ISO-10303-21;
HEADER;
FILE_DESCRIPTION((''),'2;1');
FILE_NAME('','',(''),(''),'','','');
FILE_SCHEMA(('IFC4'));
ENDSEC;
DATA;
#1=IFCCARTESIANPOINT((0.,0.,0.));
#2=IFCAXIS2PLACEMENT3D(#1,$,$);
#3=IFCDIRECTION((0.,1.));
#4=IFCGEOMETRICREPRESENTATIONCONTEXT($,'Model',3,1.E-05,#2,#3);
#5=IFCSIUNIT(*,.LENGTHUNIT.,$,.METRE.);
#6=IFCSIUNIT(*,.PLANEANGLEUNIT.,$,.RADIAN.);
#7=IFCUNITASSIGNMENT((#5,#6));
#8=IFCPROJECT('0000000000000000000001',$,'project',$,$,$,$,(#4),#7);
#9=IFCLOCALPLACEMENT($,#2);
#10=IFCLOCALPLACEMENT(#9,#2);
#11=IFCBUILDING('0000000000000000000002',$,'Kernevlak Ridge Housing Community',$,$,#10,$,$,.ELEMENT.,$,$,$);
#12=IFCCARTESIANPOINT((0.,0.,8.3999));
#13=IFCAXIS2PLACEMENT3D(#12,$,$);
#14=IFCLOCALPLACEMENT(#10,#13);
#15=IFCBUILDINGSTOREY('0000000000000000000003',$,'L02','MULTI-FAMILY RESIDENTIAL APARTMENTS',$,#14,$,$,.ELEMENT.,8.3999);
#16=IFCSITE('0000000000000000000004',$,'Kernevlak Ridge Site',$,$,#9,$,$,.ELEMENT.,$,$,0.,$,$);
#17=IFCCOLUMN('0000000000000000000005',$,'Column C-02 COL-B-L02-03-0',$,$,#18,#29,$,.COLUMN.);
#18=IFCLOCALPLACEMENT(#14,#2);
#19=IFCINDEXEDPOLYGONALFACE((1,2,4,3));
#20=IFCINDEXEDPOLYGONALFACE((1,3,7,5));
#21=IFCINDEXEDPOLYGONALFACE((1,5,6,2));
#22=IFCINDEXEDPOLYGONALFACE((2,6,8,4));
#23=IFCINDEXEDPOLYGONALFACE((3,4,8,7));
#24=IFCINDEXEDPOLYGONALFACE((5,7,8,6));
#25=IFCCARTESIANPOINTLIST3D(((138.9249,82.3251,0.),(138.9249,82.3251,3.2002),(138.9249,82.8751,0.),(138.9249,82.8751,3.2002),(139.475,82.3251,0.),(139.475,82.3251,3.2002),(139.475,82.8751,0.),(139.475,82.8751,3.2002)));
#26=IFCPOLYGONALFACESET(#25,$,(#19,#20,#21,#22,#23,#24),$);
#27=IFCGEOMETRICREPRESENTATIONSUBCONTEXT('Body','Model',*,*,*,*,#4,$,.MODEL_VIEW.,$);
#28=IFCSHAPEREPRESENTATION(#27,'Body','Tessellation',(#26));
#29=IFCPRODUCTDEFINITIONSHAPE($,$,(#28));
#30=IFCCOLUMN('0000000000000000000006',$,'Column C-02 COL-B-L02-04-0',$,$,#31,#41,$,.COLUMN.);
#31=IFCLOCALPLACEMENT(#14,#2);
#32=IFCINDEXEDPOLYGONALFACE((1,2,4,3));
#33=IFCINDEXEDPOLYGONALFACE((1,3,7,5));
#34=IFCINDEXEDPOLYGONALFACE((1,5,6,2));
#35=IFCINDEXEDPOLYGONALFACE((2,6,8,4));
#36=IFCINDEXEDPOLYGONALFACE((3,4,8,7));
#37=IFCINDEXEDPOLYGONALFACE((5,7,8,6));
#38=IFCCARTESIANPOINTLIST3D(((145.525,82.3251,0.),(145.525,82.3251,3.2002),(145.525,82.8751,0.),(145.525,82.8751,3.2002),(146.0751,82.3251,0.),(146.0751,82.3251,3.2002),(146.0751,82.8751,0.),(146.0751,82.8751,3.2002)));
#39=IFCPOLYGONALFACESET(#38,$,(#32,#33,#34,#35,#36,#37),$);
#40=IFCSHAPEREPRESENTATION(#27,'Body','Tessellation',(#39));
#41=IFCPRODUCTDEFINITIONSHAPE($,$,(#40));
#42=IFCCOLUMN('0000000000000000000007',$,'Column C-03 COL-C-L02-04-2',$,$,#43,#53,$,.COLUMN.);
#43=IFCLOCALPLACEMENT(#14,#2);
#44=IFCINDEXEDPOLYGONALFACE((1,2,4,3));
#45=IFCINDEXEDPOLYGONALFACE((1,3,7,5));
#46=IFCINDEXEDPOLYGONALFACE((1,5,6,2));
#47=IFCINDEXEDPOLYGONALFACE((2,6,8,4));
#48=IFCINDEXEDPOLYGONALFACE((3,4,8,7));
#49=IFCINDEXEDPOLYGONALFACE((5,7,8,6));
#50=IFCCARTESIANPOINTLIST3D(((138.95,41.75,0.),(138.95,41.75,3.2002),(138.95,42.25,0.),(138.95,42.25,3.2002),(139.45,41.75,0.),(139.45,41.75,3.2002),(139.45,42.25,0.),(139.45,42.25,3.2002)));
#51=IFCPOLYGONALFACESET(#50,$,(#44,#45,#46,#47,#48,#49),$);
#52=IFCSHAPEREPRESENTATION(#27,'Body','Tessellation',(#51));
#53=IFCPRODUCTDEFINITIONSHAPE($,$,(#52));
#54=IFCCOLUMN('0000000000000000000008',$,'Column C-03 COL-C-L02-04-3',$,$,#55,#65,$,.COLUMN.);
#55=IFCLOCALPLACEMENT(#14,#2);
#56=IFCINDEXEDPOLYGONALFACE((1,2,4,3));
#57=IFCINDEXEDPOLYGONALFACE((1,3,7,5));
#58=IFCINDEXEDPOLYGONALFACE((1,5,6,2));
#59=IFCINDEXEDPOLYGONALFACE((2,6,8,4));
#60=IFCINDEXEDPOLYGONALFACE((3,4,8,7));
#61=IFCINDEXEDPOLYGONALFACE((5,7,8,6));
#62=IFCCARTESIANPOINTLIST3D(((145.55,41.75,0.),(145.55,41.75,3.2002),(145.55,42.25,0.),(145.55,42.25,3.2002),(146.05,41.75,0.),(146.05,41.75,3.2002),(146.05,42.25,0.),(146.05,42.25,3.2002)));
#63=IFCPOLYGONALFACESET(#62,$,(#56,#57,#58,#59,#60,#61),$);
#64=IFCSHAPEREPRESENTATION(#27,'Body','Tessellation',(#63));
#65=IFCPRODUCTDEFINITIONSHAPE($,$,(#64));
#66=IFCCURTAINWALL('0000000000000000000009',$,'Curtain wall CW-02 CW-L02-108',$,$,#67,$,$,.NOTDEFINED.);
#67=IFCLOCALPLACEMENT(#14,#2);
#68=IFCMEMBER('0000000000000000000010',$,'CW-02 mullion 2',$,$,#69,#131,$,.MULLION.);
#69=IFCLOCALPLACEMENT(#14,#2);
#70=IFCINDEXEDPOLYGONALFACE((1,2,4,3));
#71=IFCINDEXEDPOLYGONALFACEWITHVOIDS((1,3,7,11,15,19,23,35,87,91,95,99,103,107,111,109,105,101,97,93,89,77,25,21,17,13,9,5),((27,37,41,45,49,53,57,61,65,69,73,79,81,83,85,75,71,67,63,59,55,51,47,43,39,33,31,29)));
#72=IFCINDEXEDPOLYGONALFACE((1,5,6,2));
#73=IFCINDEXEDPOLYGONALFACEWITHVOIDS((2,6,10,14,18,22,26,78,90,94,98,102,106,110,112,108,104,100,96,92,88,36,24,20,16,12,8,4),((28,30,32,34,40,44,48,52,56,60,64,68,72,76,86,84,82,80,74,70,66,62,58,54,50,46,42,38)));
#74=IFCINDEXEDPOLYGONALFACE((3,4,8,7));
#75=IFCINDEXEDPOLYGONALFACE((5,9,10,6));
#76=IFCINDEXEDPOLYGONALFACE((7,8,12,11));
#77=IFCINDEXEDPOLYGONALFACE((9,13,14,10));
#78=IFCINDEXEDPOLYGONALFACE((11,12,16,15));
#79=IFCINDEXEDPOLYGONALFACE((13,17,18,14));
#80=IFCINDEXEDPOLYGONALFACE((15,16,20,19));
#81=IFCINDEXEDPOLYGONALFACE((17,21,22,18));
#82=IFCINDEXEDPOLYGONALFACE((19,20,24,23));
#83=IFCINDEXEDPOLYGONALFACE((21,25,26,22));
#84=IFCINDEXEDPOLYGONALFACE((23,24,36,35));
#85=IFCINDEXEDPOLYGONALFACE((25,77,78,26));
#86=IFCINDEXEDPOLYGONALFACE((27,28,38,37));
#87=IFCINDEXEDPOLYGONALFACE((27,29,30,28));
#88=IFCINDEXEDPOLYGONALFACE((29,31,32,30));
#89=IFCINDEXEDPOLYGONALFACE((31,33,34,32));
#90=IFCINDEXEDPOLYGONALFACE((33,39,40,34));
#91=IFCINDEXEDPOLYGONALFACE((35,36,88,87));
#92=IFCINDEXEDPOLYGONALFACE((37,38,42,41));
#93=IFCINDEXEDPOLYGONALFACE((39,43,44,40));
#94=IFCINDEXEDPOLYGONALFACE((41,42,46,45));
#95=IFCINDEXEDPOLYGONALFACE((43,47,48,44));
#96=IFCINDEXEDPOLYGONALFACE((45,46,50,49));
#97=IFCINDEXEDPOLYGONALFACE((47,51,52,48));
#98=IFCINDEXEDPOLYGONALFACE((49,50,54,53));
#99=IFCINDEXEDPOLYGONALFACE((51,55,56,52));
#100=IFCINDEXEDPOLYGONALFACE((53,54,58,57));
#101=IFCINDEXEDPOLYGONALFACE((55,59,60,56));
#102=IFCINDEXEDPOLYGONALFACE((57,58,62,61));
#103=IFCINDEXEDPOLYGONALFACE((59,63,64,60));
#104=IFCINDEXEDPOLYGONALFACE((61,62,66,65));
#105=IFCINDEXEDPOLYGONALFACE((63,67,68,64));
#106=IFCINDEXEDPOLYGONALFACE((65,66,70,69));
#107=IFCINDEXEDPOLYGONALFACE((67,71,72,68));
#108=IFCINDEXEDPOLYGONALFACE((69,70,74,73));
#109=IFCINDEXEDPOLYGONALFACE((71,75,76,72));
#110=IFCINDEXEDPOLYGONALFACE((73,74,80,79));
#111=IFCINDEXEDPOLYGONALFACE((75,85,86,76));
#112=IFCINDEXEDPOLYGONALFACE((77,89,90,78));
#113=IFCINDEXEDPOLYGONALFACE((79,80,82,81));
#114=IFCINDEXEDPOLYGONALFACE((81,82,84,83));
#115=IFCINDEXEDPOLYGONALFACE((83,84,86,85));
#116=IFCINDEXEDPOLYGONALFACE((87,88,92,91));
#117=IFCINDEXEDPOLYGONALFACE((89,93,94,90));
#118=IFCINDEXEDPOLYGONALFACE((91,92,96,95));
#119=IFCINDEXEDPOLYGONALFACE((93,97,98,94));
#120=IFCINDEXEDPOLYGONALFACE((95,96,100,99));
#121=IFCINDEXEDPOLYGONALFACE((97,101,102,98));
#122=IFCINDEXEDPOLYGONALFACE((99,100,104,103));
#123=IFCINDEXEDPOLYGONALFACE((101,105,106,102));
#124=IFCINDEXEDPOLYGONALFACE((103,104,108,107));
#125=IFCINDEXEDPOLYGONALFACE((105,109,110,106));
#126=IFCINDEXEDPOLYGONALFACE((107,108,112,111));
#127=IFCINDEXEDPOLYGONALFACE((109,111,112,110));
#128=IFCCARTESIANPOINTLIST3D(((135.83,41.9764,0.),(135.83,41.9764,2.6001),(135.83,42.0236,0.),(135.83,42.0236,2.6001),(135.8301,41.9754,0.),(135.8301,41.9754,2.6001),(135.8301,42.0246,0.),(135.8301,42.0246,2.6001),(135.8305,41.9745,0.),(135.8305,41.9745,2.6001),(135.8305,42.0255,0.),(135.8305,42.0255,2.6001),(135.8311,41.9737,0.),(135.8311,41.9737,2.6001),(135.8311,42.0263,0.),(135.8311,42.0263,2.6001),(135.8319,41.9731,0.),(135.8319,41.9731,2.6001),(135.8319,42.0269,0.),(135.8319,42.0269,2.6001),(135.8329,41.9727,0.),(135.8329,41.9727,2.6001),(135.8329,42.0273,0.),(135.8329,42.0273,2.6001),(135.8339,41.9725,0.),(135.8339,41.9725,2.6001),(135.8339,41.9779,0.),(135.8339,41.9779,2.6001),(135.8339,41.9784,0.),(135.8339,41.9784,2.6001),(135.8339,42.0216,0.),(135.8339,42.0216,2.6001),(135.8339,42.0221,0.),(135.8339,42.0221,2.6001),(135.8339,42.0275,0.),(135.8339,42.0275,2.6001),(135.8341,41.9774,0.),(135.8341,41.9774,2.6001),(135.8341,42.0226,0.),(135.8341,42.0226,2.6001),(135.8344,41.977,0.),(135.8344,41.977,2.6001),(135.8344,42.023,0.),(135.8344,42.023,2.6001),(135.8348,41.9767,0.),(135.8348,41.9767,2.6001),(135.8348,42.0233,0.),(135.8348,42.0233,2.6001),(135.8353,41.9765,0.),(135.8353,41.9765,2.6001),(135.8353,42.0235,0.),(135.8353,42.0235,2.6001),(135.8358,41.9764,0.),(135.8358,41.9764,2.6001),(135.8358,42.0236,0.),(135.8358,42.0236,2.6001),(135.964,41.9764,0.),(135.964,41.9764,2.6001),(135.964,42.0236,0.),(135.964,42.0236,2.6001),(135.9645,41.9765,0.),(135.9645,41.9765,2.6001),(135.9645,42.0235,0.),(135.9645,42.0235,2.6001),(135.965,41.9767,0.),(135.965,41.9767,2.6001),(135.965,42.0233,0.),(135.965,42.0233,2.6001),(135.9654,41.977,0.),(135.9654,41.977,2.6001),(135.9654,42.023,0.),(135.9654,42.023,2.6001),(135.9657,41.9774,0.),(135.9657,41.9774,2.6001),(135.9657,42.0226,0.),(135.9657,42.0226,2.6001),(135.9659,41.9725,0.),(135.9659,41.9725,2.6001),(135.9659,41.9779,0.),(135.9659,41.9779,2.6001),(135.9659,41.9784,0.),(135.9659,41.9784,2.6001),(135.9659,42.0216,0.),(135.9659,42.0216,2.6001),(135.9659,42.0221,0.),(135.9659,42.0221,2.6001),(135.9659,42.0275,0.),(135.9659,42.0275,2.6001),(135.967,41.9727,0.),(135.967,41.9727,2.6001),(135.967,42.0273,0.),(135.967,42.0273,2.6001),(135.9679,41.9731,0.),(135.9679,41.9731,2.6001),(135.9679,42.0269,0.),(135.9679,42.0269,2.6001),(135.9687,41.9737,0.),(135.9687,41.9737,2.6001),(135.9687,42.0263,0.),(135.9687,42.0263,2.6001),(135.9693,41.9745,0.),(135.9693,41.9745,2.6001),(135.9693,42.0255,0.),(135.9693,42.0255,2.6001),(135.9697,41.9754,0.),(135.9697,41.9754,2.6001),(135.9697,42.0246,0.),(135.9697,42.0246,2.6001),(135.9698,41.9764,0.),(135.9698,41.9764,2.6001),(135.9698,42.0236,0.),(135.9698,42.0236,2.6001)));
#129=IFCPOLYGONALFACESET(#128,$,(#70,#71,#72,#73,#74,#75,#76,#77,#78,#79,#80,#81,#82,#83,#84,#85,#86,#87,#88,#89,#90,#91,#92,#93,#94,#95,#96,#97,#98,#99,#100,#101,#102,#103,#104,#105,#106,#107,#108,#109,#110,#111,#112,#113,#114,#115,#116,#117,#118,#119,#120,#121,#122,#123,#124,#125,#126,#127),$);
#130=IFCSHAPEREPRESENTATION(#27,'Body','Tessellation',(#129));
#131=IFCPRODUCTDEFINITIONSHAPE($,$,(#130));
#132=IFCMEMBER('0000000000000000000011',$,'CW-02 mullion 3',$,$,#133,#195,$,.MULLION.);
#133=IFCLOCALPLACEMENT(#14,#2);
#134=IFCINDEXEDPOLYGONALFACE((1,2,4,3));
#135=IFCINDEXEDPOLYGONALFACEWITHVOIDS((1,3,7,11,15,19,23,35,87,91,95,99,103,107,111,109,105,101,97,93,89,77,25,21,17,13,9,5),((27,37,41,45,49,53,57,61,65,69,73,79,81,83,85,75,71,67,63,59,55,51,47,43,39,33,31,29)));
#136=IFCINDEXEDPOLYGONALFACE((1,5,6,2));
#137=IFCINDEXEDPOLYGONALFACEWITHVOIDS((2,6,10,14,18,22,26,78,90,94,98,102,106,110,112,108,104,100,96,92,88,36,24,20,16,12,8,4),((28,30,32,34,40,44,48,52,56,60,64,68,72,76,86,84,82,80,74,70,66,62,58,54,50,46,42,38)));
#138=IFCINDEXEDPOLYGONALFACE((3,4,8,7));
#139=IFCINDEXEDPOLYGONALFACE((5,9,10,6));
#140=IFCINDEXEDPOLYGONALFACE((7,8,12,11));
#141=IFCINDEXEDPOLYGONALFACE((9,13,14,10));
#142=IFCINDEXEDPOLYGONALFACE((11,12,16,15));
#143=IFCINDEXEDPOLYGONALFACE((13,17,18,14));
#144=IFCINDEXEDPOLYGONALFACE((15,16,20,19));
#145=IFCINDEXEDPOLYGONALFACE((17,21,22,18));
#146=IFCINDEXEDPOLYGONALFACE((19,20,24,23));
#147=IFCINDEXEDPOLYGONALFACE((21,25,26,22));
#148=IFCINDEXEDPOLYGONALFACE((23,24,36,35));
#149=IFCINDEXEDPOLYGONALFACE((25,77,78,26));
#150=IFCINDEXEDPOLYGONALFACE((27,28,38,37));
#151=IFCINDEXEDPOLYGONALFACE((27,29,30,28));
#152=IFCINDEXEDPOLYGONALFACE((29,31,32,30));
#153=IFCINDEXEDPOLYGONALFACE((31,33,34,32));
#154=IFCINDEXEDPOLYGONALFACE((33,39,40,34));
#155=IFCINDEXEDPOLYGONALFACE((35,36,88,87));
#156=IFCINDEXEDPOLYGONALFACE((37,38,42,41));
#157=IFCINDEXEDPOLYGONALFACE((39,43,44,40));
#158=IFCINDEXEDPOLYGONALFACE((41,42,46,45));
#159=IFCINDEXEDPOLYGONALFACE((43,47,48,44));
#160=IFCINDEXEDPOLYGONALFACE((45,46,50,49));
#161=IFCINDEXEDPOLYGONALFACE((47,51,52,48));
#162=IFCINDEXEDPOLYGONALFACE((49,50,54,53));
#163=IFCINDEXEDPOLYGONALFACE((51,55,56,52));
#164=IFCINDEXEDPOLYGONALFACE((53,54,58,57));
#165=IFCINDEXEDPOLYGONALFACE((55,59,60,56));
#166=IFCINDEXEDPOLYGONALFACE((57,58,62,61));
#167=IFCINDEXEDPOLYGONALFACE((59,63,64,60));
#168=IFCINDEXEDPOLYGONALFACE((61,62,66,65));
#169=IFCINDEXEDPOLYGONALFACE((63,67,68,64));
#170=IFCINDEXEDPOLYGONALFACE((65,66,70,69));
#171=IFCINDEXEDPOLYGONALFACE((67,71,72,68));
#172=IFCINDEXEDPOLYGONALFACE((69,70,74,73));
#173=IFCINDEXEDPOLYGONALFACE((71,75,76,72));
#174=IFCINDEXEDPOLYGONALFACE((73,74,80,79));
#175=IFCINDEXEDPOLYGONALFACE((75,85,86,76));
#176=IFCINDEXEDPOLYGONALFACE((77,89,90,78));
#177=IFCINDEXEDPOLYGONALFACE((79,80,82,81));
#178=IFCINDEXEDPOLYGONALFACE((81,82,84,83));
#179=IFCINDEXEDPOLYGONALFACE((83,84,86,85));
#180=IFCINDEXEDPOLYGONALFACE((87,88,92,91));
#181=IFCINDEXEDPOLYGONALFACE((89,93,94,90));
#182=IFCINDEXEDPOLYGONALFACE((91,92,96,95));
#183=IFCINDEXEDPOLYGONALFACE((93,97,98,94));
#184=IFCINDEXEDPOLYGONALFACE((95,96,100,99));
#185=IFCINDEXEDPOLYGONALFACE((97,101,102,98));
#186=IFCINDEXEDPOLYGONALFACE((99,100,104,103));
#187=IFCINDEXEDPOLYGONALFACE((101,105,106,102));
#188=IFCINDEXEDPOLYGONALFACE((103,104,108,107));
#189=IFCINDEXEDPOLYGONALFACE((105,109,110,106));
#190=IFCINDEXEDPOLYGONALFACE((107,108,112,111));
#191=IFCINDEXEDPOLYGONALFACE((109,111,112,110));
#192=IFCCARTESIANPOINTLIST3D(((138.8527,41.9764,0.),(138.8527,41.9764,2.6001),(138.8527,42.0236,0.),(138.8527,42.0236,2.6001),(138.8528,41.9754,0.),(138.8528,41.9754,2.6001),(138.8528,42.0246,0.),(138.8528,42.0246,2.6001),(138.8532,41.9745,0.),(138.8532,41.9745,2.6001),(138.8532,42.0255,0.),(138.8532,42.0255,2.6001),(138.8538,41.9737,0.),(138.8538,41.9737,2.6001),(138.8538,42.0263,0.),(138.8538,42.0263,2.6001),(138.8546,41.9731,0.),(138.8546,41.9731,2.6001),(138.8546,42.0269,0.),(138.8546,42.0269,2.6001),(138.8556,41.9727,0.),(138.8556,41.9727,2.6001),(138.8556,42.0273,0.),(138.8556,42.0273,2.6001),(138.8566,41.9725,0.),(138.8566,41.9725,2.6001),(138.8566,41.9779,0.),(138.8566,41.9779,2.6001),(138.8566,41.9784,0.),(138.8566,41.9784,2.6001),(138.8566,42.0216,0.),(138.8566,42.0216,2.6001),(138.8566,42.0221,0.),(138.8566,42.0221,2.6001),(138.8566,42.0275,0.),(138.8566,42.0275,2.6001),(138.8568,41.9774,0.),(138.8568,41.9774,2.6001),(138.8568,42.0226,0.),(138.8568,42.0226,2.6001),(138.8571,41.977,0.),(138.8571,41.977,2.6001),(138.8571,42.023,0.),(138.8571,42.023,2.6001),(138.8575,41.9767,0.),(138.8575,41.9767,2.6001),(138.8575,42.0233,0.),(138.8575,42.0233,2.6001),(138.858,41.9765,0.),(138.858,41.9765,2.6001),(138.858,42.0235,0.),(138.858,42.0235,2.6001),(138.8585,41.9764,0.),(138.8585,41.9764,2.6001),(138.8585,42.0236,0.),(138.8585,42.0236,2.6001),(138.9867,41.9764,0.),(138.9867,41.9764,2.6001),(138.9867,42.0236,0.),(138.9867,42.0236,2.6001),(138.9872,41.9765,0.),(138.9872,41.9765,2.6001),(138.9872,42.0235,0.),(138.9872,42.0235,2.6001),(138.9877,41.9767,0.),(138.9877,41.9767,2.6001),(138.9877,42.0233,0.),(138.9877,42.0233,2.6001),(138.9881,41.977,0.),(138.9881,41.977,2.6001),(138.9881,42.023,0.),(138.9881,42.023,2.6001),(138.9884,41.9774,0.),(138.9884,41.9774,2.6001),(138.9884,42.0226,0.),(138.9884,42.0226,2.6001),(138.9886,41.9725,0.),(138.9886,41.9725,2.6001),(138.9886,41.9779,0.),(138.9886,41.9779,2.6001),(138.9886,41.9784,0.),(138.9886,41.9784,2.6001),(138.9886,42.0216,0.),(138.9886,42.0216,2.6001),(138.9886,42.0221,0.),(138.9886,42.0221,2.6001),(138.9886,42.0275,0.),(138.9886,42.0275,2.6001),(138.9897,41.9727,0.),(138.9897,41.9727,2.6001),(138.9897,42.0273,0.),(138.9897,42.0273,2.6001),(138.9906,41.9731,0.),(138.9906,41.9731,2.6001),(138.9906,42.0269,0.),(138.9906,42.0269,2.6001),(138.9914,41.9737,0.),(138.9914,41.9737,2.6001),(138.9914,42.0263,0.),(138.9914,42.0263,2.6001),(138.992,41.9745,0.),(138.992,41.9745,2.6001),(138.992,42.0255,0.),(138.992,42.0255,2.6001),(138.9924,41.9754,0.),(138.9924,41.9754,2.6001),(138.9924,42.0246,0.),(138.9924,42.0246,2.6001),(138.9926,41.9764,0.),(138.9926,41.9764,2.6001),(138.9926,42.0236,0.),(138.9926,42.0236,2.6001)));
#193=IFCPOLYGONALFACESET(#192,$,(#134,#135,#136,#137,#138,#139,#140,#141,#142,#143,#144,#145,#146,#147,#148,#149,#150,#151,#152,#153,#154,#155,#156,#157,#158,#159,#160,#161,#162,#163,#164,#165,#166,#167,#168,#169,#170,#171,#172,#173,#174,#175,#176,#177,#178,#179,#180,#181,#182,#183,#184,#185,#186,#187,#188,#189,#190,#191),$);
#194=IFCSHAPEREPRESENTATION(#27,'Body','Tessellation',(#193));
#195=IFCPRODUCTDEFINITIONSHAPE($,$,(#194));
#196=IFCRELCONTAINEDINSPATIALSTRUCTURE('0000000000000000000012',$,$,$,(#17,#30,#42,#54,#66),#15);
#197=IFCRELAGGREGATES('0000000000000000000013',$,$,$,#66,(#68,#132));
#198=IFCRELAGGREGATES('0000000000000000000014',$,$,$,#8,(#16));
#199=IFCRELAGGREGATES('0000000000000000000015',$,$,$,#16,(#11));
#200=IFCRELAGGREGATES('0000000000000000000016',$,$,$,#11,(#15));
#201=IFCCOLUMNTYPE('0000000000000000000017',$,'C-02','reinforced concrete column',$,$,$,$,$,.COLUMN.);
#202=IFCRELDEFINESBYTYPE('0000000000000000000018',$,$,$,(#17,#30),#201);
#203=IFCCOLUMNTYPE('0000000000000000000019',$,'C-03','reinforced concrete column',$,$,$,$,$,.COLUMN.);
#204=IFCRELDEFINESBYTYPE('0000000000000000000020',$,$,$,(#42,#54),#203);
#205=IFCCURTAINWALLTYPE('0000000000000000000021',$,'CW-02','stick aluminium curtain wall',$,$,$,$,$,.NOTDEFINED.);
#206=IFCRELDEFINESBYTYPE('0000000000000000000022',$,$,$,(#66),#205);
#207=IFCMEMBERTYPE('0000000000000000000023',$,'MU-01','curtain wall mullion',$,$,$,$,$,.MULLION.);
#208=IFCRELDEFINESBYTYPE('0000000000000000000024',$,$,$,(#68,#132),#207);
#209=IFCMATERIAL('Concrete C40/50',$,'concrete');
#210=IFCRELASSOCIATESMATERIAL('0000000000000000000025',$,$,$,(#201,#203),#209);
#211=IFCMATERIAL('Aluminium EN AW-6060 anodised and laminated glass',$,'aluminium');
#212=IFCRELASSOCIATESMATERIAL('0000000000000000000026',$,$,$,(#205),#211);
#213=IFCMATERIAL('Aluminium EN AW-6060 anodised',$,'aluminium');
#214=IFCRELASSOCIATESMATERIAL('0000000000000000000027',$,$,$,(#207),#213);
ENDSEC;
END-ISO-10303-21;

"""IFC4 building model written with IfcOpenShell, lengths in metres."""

from ifc_helpers import new_model, si_unit, direction, frame, origin, origin_2d, place, context, subcontext, project, spatial, rectangle, hollow_rectangle, extrude, material, material_profile, profile_set, type_object, element, aggregate, save


model = new_model("IFC4")

# Units and contexts
model_context = context("Model", 3, precision=1e-05, world=origin(), true_north=direction((0.0, 1.0)))
body_context = subcontext(model_context, "Body", "Model", "MODEL_VIEW")
ifc_project = project(units=[si_unit("LENGTHUNIT", "METRE"), si_unit("PLANEANGLEUNIT", "RADIAN")], contexts=[model_context])

# Site, building, storey
site_placement = place(None, origin())
site = spatial("IfcSite", under=ifc_project, at=site_placement, Name="Kernevlak Ridge Site", CompositionType="ELEMENT", RefElevation=0.0)
building_placement = place(site_placement, origin())
building = spatial("IfcBuilding", under=site, at=building_placement, Name="Kernevlak Ridge Housing Community", CompositionType="ELEMENT")
storey_placement = place(building_placement, frame((0.0, 0.0, 8.3999)))
storey = spatial("IfcBuildingStorey", under=building, at=storey_placement, Name="L02", Description="MULTI-FAMILY RESIDENTIAL APARTMENTS", CompositionType="ELEMENT", Elevation=8.3999)

# Columns
ifc_material_1 = material(Name="Concrete C40/50", Category="concrete")
ifc_material_profile_1 = material_profile(ifc_material_1, rectangle(XDim=0.55, YDim=0.55, at=origin_2d()), Name="RC 550x550")
ifc_profile_set_1 = profile_set([ifc_material_profile_1], Name="Concrete C40/50")
column_type_1 = type_object("IfcColumnType", Name="C-02", Description="reinforced concrete column", PredefinedType="COLUMN", material=ifc_profile_set_1)
for number, where, z_axis, x_axis, name in (
    (1, (139.2, 82.6001, 0.0), (0.0, 0.0, 1.0), (1.0, 0.0, 0.0), "Column C-02 COL-B-L02-03-0"),
    (2, (145.8, 82.6001, 0.0), (0.0, 0.0, 1.0), (1.0, 0.0, 0.0), "Column C-02 COL-B-L02-04-0"),
):
    element("IfcColumn", number, at=place(storey_placement, frame(where, z_axis=z_axis, x_axis=x_axis)), inside=storey, type_object=column_type_1, Name=name, PredefinedType="COLUMN", context=body_context, shape_type="SweptSolid", body=[
        extrude(rectangle(XDim=0.55, YDim=0.55, at=origin_2d()), origin(), (0.0, 0.0, 1.0), 3.2002),
    ])
ifc_material_profile_2 = material_profile(ifc_material_1, rectangle(XDim=0.5, YDim=0.5, at=origin_2d()), Name="RC 500x500")
ifc_profile_set_2 = profile_set([ifc_material_profile_2], Name="Concrete C40/50")
column_type_2 = type_object("IfcColumnType", Name="C-03", Description="reinforced concrete column", PredefinedType="COLUMN", material=ifc_profile_set_2)
for number, where, z_axis, x_axis, name in (
    (3, (139.2, 42.0, 0.0), (0.0, 0.0, 1.0), (1.0, 0.0, 0.0), "Column C-03 COL-C-L02-04-2"),
    (4, (145.8, 42.0, 0.0), (0.0, 0.0, 1.0), (1.0, 0.0, 0.0), "Column C-03 COL-C-L02-04-3"),
):
    element("IfcColumn", number, at=place(storey_placement, frame(where, z_axis=z_axis, x_axis=x_axis)), inside=storey, type_object=column_type_2, Name=name, PredefinedType="COLUMN", context=body_context, shape_type="SweptSolid", body=[
        extrude(rectangle(XDim=0.5, YDim=0.5, at=origin_2d()), origin(), (0.0, 0.0, 1.0), 3.2002),
    ])

# Curtain wall, members
ifc_material_2 = material(Name="Aluminium EN AW-6060 anodised and laminated glass", Category="aluminium")
curtain_wall_type = type_object("IfcCurtainWallType", Name="CW-02", Description="stick aluminium curtain wall", PredefinedType="NOTDEFINED", material=ifc_material_2)
curtain_wall_placement = place(storey_placement, origin())
curtain_wall = element("IfcCurtainWall", 5, at=curtain_wall_placement, inside=storey, type_object=curtain_wall_type, Name="Curtain wall CW-02 CW-L02-108", PredefinedType="NOTDEFINED")
ifc_material_3 = material(Name="Aluminium EN AW-6060 anodised", Category="aluminium")
ifc_material_profile_3 = material_profile(ifc_material_3, hollow_rectangle(XDim=0.0549, YDim=0.1399, WallThickness=0.0039, InnerFilletRadius=0.002, OuterFilletRadius=0.0039, at=origin_2d()), Name="ALU 55x140x4")
ifc_profile_set_3 = profile_set([ifc_material_profile_3], Name="Aluminium EN AW-6060 anodised")
member_type_1 = type_object("IfcMemberType", Name="MU-01", Description="curtain wall mullion", PredefinedType="MULLION", material=ifc_profile_set_3)
member_1_placement = place(storey_placement, frame((135.8999, 42.0, 0.0), z_axis=(0.0, 0.0, 1.0), x_axis=(0.0, 1.0, 0.0)))
member_1 = element("IfcMember", 6, at=member_1_placement, type_object=member_type_1, Name="CW-02 mullion 2", PredefinedType="MULLION", context=body_context, shape_type="SweptSolid", body=[
    extrude(hollow_rectangle(XDim=0.0549, YDim=0.1399, WallThickness=0.0039, InnerFilletRadius=0.002, OuterFilletRadius=0.0039, at=origin_2d()), origin(), (0.0, 0.0, 1.0), 2.6001),
])
member_2_placement = place(storey_placement, frame((138.9226, 42.0, 0.0), z_axis=(0.0, 0.0, 1.0), x_axis=(0.0, 1.0, 0.0)))
member_2 = element("IfcMember", 7, at=member_2_placement, type_object=member_type_1, Name="CW-02 mullion 3", PredefinedType="MULLION", context=body_context, shape_type="SweptSolid", body=[
    extrude(hollow_rectangle(XDim=0.0549, YDim=0.1399, WallThickness=0.0039, InnerFilletRadius=0.002, OuterFilletRadius=0.0039, at=origin_2d()), origin(), (0.0, 0.0, 1.0), 2.6001),
])

aggregate(curtain_wall, [member_1, member_2])

save(model, "model.ifc")
